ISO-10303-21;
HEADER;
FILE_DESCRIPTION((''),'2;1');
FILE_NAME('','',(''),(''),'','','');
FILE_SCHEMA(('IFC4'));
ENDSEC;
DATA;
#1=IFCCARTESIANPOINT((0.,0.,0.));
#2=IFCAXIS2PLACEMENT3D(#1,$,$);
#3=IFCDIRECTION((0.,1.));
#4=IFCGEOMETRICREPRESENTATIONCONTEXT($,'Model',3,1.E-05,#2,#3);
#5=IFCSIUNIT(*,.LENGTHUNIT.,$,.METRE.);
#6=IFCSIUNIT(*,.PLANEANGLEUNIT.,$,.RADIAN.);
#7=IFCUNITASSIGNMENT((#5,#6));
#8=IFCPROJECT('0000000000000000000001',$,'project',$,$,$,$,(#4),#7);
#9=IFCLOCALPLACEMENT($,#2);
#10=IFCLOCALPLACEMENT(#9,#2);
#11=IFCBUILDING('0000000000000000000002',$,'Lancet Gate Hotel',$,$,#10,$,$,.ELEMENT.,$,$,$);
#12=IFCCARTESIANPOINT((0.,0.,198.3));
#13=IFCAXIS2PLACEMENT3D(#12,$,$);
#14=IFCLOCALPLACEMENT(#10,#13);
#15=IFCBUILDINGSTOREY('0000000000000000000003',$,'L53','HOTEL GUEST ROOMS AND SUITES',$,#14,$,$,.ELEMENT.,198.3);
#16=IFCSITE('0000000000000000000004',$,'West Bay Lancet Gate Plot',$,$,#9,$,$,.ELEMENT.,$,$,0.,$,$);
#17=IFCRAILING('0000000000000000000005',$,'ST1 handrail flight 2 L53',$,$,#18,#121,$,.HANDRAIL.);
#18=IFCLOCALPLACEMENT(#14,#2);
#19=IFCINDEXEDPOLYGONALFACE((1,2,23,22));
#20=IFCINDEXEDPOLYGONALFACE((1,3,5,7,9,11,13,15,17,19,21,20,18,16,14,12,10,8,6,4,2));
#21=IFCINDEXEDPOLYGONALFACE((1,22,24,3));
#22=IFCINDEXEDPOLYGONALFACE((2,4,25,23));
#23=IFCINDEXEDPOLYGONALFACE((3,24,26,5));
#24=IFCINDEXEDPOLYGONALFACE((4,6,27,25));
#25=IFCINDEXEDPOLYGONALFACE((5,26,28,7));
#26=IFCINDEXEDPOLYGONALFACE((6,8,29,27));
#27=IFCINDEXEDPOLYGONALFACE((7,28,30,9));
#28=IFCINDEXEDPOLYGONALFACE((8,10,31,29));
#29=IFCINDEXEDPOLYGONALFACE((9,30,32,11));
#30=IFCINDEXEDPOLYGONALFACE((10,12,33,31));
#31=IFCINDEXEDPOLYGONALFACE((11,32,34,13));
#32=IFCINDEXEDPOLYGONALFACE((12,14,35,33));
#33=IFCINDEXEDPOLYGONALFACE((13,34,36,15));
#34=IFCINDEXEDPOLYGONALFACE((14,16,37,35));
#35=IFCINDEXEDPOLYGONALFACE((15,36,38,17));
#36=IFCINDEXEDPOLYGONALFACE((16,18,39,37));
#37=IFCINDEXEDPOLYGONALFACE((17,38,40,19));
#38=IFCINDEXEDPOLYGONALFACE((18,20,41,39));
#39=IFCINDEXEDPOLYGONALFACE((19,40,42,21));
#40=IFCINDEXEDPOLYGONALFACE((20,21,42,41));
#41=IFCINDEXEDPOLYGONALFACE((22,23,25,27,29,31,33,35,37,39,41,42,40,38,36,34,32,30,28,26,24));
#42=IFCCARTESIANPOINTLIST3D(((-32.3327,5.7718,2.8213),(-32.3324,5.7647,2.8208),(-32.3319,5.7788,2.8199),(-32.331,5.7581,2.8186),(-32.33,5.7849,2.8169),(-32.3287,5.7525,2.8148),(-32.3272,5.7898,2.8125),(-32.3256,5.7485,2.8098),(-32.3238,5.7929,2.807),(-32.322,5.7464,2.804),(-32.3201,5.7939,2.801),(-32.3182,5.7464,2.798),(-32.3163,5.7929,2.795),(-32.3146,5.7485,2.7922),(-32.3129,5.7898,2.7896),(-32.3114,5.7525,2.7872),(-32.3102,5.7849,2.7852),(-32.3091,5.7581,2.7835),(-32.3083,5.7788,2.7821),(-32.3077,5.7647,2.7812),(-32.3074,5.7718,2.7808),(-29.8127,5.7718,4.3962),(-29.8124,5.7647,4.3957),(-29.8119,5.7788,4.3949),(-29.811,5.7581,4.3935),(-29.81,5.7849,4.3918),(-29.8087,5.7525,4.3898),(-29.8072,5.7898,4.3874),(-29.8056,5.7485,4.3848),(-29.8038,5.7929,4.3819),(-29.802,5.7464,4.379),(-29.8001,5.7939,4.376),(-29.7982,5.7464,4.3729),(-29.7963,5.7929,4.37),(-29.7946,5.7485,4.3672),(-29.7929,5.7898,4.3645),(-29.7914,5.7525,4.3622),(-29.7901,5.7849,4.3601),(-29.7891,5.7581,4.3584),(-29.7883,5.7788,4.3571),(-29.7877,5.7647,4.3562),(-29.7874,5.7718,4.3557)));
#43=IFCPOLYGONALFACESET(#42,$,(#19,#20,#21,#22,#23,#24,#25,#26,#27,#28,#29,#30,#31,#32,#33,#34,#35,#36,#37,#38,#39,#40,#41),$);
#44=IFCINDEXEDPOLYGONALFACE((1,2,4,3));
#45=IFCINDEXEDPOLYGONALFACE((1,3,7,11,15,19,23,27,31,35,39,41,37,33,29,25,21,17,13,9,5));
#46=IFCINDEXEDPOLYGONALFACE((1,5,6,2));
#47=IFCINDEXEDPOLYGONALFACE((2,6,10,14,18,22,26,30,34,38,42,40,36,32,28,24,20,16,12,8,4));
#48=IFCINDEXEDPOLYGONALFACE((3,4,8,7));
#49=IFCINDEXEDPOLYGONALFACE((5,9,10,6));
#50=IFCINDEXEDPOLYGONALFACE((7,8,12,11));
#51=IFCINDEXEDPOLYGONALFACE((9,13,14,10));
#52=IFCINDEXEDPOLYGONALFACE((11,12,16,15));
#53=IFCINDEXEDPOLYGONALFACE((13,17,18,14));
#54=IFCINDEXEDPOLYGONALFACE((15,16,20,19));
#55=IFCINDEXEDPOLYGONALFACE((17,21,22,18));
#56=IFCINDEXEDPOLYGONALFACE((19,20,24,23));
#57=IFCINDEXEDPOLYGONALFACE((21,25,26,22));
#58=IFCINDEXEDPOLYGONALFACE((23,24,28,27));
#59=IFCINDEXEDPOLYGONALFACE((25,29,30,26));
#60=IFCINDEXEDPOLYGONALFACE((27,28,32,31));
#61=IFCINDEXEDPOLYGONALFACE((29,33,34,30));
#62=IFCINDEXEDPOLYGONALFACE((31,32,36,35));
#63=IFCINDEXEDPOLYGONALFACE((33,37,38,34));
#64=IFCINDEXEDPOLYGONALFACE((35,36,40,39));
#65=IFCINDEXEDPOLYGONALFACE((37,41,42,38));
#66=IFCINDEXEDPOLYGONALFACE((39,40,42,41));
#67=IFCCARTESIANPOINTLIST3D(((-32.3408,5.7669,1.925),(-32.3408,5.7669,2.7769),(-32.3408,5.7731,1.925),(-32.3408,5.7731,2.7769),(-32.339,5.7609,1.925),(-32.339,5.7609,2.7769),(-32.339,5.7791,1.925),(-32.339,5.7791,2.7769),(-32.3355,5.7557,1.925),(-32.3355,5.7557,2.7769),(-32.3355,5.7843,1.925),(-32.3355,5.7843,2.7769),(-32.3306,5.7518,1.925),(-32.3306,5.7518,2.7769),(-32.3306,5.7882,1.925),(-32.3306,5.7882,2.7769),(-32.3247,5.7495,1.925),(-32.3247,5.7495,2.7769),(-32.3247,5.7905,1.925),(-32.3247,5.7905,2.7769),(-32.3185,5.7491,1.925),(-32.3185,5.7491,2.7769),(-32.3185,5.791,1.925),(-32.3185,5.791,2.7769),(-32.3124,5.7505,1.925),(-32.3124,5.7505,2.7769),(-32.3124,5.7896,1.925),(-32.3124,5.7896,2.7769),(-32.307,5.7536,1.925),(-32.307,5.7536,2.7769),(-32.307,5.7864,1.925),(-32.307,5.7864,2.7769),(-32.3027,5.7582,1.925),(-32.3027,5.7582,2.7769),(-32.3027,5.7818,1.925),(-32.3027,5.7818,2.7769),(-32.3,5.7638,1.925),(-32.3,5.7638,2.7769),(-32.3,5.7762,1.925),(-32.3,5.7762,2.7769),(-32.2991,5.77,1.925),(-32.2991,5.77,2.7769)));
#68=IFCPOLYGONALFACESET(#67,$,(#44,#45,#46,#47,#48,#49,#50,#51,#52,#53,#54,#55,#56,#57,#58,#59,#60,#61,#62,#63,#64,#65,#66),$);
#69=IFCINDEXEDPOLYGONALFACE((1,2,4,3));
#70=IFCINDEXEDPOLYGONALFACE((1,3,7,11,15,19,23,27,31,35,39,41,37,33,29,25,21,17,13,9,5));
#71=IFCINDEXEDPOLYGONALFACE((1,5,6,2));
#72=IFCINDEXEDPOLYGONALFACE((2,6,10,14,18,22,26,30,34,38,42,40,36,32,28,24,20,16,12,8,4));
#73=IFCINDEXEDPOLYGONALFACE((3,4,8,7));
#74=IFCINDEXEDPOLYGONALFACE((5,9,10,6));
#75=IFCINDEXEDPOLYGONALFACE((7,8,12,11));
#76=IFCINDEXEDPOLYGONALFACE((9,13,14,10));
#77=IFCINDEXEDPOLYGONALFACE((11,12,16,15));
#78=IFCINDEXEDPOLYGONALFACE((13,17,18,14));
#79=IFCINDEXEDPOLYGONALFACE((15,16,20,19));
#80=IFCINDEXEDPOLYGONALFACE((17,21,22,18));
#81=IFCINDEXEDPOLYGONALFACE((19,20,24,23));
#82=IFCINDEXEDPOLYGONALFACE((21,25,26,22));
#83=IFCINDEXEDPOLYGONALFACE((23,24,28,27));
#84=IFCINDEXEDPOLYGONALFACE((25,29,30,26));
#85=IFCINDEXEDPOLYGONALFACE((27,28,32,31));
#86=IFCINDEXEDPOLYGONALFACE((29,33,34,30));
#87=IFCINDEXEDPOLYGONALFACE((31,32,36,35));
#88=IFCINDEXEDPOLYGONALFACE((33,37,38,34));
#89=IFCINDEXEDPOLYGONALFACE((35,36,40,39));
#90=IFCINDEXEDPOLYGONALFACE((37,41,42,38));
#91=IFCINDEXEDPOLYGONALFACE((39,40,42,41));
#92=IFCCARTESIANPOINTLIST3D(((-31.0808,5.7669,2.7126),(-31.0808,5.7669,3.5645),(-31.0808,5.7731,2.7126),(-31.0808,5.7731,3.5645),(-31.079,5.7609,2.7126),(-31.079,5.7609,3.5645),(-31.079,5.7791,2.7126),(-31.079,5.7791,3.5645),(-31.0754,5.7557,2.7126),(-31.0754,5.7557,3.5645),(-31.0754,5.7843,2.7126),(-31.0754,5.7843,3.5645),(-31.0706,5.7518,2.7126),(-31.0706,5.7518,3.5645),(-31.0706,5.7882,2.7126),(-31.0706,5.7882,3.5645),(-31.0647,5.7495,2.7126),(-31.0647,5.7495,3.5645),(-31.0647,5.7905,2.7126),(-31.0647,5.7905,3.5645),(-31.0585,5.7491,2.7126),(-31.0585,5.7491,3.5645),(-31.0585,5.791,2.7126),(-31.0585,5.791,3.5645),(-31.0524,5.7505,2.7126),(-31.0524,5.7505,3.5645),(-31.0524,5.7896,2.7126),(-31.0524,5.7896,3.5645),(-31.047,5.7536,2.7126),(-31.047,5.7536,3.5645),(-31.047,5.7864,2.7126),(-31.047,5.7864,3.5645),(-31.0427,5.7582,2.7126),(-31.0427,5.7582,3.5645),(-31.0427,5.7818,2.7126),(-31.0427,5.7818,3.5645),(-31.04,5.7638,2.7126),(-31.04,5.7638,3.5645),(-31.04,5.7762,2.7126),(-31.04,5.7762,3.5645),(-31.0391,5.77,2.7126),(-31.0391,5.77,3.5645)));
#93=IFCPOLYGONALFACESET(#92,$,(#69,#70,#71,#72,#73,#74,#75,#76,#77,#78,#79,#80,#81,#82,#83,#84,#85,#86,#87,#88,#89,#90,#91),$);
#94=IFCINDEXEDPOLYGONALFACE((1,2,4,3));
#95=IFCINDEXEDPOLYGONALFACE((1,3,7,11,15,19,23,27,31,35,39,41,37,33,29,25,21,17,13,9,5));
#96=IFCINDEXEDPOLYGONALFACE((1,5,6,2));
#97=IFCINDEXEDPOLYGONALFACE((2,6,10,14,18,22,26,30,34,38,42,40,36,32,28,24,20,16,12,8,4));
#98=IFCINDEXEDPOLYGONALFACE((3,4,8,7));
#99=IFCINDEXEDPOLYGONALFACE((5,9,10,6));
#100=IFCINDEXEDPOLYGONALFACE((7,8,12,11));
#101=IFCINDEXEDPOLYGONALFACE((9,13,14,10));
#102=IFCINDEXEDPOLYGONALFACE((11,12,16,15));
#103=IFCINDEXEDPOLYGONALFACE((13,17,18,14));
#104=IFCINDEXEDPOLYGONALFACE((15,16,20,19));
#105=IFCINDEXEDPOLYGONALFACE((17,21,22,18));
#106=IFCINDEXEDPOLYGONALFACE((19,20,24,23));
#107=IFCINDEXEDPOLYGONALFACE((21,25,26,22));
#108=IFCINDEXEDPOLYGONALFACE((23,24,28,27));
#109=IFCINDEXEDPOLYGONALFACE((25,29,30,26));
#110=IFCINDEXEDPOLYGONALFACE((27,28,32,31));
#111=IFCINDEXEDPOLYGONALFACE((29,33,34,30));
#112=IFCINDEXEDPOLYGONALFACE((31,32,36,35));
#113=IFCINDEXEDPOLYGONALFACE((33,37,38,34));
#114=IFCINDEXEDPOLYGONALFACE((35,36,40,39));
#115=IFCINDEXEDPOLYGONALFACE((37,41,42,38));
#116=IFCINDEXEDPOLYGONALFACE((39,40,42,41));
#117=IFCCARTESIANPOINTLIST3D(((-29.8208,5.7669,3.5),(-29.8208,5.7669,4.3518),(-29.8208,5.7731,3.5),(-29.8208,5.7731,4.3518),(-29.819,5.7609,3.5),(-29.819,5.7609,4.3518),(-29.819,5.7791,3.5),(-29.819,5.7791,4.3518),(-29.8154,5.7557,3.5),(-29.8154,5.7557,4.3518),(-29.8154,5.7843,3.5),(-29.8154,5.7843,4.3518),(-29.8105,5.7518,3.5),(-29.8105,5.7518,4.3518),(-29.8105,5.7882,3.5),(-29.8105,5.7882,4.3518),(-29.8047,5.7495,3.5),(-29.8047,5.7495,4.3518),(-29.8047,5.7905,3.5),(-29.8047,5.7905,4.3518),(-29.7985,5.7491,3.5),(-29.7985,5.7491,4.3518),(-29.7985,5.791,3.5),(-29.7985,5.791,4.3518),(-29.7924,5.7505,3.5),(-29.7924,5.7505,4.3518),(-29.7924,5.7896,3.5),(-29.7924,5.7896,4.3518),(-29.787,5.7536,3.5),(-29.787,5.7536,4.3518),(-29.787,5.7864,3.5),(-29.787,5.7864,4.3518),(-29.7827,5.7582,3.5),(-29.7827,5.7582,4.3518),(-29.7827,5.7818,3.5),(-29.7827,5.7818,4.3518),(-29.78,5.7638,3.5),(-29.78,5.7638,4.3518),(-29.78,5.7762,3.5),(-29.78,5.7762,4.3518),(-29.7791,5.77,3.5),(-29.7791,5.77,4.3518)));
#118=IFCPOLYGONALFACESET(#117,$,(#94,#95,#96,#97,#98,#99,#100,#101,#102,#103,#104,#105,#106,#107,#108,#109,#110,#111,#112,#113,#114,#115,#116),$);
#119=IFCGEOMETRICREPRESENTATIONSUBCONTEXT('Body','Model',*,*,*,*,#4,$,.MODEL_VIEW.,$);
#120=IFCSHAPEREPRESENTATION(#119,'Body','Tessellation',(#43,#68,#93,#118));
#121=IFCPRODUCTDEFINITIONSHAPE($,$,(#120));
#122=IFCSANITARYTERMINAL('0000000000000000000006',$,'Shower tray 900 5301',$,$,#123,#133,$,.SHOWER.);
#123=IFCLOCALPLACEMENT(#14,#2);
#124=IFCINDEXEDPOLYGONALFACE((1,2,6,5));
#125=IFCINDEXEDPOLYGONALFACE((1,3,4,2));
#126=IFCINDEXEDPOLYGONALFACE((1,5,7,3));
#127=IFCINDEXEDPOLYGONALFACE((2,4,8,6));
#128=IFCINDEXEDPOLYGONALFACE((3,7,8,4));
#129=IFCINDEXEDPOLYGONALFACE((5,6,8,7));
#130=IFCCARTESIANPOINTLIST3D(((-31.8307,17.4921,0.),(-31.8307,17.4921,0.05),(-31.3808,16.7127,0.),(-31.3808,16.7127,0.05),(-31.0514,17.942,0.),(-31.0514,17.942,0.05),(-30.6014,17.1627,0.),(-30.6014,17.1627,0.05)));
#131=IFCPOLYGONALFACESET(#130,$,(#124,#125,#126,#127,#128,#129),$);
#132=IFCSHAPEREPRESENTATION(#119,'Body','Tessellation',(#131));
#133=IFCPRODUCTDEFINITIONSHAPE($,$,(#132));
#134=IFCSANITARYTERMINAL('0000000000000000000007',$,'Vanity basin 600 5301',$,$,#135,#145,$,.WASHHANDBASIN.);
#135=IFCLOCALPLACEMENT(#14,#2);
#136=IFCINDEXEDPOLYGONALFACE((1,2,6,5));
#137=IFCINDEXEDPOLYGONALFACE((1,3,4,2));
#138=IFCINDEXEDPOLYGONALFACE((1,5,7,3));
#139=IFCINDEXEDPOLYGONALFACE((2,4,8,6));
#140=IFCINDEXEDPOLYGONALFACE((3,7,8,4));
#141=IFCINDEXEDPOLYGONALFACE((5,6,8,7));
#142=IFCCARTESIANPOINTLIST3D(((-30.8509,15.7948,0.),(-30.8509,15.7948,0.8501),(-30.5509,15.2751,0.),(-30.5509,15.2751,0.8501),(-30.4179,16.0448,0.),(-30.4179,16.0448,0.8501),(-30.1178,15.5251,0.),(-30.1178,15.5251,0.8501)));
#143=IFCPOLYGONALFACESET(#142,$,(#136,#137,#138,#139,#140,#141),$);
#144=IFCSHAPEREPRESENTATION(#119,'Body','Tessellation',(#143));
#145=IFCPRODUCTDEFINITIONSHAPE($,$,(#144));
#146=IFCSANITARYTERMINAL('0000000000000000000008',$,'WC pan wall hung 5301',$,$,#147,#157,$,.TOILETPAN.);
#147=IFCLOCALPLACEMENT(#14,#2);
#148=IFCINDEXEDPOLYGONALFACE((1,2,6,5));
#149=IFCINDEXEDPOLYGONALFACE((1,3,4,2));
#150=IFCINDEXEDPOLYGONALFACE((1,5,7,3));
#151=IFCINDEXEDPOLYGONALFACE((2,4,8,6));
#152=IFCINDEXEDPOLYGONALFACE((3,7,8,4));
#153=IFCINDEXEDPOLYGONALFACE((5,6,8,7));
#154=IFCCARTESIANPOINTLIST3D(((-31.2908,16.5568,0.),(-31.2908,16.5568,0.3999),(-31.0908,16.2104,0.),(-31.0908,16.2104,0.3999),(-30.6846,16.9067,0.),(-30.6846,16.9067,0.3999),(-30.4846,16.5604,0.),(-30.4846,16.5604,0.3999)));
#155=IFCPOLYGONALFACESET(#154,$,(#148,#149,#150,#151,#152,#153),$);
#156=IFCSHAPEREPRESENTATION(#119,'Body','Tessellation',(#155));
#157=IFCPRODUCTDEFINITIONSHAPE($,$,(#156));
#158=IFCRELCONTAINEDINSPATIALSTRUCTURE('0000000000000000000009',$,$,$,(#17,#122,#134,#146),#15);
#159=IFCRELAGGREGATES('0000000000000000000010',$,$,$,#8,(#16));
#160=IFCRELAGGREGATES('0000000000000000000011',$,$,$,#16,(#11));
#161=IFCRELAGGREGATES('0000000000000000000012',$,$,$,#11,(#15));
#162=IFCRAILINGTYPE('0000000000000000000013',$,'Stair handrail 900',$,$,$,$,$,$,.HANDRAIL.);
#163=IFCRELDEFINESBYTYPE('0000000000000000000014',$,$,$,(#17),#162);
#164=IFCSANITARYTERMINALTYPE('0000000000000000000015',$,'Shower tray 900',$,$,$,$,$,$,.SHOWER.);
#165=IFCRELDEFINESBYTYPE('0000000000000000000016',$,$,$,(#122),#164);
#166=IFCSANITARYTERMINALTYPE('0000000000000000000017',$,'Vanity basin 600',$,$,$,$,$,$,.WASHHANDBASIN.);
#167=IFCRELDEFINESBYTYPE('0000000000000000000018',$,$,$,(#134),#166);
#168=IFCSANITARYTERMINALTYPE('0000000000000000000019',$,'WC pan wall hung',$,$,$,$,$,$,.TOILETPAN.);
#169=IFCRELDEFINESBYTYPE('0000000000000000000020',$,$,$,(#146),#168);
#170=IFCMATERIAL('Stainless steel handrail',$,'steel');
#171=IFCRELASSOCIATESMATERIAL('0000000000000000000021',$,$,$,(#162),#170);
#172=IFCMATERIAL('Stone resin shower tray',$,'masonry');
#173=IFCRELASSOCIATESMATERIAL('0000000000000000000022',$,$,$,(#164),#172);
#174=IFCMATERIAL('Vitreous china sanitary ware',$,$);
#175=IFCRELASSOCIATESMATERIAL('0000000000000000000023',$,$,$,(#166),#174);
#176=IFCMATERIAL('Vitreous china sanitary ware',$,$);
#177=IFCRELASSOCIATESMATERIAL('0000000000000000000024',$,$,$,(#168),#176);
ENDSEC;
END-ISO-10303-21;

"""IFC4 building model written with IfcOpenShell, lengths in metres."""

from ifc_helpers import new_model, si_unit, direction, frame, origin, origin_2d, place, context, subcontext, project, spatial, rectangle, circle, extrude, material, type_object, element, save


model = new_model("IFC4")

# Units and contexts
model_context = context("Model", 3, precision=1e-05, world=origin(), true_north=direction((0.0, 1.0)))
body_context = subcontext(model_context, "Body", "Model", "MODEL_VIEW")
ifc_project = project(units=[si_unit("LENGTHUNIT", "METRE"), si_unit("PLANEANGLEUNIT", "RADIAN")], contexts=[model_context])

# Site, building, storey
site_placement = place(None, origin())
site = spatial("IfcSite", under=ifc_project, at=site_placement, Name="West Bay Lancet Gate Plot", CompositionType="ELEMENT", RefElevation=0.0)
building_placement = place(site_placement, origin())
building = spatial("IfcBuilding", under=site, at=building_placement, Name="Lancet Gate Hotel", CompositionType="ELEMENT")
storey_placement = place(building_placement, frame((0.0, 0.0, 198.3)))
storey = spatial("IfcBuildingStorey", under=building, at=storey_placement, Name="L53", Description="HOTEL GUEST ROOMS AND SUITES", CompositionType="ELEMENT", Elevation=198.3)

# Railing
ifc_material_1 = material(Name="Stainless steel handrail", Category="steel")
railing_type = type_object("IfcRailingType", Name="Stair handrail 900", PredefinedType="HANDRAIL", material=ifc_material_1)
railing_1_placement = place(storey_placement, frame((-32.3201, 5.77, 1.925)))
element("IfcRailing", 1, at=railing_1_placement, inside=storey, type_object=railing_type, Name="ST1 handrail flight 2 L53", PredefinedType="HANDRAIL", context=body_context, shape_type="SweptSolid", body=[
    extrude(circle(Radius=0.0239, at=origin_2d()), frame((0.0, 0.0, 0.876), z_axis=(0.848008, 0.0, 0.529984), x_axis=(0.0, 1.0, 0.0)), (0.0, 0.0, 1.0), 2.9717),
    extrude(circle(Radius=0.021, at=origin_2d()), origin(), (0.0, 0.0, 1.0), 0.8518),
    extrude(circle(Radius=0.021, at=origin_2d()), frame((1.26, 0.0, 0.7876)), (0.0, 0.0, 1.0), 0.8518),
    extrude(circle(Radius=0.021, at=origin_2d()), frame((2.52, 0.0, 1.575)), (0.0, 0.0, 1.0), 0.8518),
])

# Sanitary terminals
ifc_material_2 = material(Name="Stone resin shower tray", Category="masonry")
sanitary_terminal_type_1 = type_object("IfcSanitaryTerminalType", Name="Shower tray 900", PredefinedType="SHOWER", material=ifc_material_2)
sanitary_terminal_1_placement = place(storey_placement, frame((-31.2161, 17.3274, 0.0), z_axis=(0.0, 0.0, 1.0), x_axis=(-0.5, 0.866025, 0.0)))
element("IfcSanitaryTerminal", 2, at=sanitary_terminal_1_placement, inside=storey, type_object=sanitary_terminal_type_1, Name="Shower tray 900 5301", PredefinedType="SHOWER", context=body_context, shape_type="SweptSolid", body=[
    extrude(rectangle(XDim=0.8999, YDim=0.8999, at=origin_2d()), origin(), (0.0, 0.0, 1.0), 0.05),
])
ifc_material_3 = material(Name="Vitreous china sanitary ware")
sanitary_terminal_type_2 = type_object("IfcSanitaryTerminalType", Name="Vanity basin 600", PredefinedType="WASHHANDBASIN", material=ifc_material_3)
sanitary_terminal_2_placement = place(storey_placement, frame((-30.4844, 15.6599, 0.0), z_axis=(0.0, 0.0, 1.0), x_axis=(-0.5, 0.866025, 0.0)))
element("IfcSanitaryTerminal", 3, at=sanitary_terminal_2_placement, inside=storey, type_object=sanitary_terminal_type_2, Name="Vanity basin 600 5301", PredefinedType="WASHHANDBASIN", context=body_context, shape_type="SweptSolid", body=[
    extrude(rectangle(XDim=0.6001, YDim=0.5, at=origin_2d()), origin(), (0.0, 0.0, 1.0), 0.8501),
])
ifc_material_4 = material(Name="Vitreous china sanitary ware")
sanitary_terminal_type_3 = type_object("IfcSanitaryTerminalType", Name="WC pan wall hung", PredefinedType="TOILETPAN", material=ifc_material_4)
sanitary_terminal_3_placement = place(storey_placement, frame((-30.8877, 16.5586, 0.0), z_axis=(0.0, 0.0, 1.0), x_axis=(-0.5, 0.866025, 0.0)))
element("IfcSanitaryTerminal", 4, at=sanitary_terminal_3_placement, inside=storey, type_object=sanitary_terminal_type_3, Name="WC pan wall hung 5301", PredefinedType="TOILETPAN", context=body_context, shape_type="SweptSolid", body=[
    extrude(rectangle(XDim=0.3999, YDim=0.7, at=origin_2d()), origin(), (0.0, 0.0, 1.0), 0.3999),
])

save(model, "model.ifc")
